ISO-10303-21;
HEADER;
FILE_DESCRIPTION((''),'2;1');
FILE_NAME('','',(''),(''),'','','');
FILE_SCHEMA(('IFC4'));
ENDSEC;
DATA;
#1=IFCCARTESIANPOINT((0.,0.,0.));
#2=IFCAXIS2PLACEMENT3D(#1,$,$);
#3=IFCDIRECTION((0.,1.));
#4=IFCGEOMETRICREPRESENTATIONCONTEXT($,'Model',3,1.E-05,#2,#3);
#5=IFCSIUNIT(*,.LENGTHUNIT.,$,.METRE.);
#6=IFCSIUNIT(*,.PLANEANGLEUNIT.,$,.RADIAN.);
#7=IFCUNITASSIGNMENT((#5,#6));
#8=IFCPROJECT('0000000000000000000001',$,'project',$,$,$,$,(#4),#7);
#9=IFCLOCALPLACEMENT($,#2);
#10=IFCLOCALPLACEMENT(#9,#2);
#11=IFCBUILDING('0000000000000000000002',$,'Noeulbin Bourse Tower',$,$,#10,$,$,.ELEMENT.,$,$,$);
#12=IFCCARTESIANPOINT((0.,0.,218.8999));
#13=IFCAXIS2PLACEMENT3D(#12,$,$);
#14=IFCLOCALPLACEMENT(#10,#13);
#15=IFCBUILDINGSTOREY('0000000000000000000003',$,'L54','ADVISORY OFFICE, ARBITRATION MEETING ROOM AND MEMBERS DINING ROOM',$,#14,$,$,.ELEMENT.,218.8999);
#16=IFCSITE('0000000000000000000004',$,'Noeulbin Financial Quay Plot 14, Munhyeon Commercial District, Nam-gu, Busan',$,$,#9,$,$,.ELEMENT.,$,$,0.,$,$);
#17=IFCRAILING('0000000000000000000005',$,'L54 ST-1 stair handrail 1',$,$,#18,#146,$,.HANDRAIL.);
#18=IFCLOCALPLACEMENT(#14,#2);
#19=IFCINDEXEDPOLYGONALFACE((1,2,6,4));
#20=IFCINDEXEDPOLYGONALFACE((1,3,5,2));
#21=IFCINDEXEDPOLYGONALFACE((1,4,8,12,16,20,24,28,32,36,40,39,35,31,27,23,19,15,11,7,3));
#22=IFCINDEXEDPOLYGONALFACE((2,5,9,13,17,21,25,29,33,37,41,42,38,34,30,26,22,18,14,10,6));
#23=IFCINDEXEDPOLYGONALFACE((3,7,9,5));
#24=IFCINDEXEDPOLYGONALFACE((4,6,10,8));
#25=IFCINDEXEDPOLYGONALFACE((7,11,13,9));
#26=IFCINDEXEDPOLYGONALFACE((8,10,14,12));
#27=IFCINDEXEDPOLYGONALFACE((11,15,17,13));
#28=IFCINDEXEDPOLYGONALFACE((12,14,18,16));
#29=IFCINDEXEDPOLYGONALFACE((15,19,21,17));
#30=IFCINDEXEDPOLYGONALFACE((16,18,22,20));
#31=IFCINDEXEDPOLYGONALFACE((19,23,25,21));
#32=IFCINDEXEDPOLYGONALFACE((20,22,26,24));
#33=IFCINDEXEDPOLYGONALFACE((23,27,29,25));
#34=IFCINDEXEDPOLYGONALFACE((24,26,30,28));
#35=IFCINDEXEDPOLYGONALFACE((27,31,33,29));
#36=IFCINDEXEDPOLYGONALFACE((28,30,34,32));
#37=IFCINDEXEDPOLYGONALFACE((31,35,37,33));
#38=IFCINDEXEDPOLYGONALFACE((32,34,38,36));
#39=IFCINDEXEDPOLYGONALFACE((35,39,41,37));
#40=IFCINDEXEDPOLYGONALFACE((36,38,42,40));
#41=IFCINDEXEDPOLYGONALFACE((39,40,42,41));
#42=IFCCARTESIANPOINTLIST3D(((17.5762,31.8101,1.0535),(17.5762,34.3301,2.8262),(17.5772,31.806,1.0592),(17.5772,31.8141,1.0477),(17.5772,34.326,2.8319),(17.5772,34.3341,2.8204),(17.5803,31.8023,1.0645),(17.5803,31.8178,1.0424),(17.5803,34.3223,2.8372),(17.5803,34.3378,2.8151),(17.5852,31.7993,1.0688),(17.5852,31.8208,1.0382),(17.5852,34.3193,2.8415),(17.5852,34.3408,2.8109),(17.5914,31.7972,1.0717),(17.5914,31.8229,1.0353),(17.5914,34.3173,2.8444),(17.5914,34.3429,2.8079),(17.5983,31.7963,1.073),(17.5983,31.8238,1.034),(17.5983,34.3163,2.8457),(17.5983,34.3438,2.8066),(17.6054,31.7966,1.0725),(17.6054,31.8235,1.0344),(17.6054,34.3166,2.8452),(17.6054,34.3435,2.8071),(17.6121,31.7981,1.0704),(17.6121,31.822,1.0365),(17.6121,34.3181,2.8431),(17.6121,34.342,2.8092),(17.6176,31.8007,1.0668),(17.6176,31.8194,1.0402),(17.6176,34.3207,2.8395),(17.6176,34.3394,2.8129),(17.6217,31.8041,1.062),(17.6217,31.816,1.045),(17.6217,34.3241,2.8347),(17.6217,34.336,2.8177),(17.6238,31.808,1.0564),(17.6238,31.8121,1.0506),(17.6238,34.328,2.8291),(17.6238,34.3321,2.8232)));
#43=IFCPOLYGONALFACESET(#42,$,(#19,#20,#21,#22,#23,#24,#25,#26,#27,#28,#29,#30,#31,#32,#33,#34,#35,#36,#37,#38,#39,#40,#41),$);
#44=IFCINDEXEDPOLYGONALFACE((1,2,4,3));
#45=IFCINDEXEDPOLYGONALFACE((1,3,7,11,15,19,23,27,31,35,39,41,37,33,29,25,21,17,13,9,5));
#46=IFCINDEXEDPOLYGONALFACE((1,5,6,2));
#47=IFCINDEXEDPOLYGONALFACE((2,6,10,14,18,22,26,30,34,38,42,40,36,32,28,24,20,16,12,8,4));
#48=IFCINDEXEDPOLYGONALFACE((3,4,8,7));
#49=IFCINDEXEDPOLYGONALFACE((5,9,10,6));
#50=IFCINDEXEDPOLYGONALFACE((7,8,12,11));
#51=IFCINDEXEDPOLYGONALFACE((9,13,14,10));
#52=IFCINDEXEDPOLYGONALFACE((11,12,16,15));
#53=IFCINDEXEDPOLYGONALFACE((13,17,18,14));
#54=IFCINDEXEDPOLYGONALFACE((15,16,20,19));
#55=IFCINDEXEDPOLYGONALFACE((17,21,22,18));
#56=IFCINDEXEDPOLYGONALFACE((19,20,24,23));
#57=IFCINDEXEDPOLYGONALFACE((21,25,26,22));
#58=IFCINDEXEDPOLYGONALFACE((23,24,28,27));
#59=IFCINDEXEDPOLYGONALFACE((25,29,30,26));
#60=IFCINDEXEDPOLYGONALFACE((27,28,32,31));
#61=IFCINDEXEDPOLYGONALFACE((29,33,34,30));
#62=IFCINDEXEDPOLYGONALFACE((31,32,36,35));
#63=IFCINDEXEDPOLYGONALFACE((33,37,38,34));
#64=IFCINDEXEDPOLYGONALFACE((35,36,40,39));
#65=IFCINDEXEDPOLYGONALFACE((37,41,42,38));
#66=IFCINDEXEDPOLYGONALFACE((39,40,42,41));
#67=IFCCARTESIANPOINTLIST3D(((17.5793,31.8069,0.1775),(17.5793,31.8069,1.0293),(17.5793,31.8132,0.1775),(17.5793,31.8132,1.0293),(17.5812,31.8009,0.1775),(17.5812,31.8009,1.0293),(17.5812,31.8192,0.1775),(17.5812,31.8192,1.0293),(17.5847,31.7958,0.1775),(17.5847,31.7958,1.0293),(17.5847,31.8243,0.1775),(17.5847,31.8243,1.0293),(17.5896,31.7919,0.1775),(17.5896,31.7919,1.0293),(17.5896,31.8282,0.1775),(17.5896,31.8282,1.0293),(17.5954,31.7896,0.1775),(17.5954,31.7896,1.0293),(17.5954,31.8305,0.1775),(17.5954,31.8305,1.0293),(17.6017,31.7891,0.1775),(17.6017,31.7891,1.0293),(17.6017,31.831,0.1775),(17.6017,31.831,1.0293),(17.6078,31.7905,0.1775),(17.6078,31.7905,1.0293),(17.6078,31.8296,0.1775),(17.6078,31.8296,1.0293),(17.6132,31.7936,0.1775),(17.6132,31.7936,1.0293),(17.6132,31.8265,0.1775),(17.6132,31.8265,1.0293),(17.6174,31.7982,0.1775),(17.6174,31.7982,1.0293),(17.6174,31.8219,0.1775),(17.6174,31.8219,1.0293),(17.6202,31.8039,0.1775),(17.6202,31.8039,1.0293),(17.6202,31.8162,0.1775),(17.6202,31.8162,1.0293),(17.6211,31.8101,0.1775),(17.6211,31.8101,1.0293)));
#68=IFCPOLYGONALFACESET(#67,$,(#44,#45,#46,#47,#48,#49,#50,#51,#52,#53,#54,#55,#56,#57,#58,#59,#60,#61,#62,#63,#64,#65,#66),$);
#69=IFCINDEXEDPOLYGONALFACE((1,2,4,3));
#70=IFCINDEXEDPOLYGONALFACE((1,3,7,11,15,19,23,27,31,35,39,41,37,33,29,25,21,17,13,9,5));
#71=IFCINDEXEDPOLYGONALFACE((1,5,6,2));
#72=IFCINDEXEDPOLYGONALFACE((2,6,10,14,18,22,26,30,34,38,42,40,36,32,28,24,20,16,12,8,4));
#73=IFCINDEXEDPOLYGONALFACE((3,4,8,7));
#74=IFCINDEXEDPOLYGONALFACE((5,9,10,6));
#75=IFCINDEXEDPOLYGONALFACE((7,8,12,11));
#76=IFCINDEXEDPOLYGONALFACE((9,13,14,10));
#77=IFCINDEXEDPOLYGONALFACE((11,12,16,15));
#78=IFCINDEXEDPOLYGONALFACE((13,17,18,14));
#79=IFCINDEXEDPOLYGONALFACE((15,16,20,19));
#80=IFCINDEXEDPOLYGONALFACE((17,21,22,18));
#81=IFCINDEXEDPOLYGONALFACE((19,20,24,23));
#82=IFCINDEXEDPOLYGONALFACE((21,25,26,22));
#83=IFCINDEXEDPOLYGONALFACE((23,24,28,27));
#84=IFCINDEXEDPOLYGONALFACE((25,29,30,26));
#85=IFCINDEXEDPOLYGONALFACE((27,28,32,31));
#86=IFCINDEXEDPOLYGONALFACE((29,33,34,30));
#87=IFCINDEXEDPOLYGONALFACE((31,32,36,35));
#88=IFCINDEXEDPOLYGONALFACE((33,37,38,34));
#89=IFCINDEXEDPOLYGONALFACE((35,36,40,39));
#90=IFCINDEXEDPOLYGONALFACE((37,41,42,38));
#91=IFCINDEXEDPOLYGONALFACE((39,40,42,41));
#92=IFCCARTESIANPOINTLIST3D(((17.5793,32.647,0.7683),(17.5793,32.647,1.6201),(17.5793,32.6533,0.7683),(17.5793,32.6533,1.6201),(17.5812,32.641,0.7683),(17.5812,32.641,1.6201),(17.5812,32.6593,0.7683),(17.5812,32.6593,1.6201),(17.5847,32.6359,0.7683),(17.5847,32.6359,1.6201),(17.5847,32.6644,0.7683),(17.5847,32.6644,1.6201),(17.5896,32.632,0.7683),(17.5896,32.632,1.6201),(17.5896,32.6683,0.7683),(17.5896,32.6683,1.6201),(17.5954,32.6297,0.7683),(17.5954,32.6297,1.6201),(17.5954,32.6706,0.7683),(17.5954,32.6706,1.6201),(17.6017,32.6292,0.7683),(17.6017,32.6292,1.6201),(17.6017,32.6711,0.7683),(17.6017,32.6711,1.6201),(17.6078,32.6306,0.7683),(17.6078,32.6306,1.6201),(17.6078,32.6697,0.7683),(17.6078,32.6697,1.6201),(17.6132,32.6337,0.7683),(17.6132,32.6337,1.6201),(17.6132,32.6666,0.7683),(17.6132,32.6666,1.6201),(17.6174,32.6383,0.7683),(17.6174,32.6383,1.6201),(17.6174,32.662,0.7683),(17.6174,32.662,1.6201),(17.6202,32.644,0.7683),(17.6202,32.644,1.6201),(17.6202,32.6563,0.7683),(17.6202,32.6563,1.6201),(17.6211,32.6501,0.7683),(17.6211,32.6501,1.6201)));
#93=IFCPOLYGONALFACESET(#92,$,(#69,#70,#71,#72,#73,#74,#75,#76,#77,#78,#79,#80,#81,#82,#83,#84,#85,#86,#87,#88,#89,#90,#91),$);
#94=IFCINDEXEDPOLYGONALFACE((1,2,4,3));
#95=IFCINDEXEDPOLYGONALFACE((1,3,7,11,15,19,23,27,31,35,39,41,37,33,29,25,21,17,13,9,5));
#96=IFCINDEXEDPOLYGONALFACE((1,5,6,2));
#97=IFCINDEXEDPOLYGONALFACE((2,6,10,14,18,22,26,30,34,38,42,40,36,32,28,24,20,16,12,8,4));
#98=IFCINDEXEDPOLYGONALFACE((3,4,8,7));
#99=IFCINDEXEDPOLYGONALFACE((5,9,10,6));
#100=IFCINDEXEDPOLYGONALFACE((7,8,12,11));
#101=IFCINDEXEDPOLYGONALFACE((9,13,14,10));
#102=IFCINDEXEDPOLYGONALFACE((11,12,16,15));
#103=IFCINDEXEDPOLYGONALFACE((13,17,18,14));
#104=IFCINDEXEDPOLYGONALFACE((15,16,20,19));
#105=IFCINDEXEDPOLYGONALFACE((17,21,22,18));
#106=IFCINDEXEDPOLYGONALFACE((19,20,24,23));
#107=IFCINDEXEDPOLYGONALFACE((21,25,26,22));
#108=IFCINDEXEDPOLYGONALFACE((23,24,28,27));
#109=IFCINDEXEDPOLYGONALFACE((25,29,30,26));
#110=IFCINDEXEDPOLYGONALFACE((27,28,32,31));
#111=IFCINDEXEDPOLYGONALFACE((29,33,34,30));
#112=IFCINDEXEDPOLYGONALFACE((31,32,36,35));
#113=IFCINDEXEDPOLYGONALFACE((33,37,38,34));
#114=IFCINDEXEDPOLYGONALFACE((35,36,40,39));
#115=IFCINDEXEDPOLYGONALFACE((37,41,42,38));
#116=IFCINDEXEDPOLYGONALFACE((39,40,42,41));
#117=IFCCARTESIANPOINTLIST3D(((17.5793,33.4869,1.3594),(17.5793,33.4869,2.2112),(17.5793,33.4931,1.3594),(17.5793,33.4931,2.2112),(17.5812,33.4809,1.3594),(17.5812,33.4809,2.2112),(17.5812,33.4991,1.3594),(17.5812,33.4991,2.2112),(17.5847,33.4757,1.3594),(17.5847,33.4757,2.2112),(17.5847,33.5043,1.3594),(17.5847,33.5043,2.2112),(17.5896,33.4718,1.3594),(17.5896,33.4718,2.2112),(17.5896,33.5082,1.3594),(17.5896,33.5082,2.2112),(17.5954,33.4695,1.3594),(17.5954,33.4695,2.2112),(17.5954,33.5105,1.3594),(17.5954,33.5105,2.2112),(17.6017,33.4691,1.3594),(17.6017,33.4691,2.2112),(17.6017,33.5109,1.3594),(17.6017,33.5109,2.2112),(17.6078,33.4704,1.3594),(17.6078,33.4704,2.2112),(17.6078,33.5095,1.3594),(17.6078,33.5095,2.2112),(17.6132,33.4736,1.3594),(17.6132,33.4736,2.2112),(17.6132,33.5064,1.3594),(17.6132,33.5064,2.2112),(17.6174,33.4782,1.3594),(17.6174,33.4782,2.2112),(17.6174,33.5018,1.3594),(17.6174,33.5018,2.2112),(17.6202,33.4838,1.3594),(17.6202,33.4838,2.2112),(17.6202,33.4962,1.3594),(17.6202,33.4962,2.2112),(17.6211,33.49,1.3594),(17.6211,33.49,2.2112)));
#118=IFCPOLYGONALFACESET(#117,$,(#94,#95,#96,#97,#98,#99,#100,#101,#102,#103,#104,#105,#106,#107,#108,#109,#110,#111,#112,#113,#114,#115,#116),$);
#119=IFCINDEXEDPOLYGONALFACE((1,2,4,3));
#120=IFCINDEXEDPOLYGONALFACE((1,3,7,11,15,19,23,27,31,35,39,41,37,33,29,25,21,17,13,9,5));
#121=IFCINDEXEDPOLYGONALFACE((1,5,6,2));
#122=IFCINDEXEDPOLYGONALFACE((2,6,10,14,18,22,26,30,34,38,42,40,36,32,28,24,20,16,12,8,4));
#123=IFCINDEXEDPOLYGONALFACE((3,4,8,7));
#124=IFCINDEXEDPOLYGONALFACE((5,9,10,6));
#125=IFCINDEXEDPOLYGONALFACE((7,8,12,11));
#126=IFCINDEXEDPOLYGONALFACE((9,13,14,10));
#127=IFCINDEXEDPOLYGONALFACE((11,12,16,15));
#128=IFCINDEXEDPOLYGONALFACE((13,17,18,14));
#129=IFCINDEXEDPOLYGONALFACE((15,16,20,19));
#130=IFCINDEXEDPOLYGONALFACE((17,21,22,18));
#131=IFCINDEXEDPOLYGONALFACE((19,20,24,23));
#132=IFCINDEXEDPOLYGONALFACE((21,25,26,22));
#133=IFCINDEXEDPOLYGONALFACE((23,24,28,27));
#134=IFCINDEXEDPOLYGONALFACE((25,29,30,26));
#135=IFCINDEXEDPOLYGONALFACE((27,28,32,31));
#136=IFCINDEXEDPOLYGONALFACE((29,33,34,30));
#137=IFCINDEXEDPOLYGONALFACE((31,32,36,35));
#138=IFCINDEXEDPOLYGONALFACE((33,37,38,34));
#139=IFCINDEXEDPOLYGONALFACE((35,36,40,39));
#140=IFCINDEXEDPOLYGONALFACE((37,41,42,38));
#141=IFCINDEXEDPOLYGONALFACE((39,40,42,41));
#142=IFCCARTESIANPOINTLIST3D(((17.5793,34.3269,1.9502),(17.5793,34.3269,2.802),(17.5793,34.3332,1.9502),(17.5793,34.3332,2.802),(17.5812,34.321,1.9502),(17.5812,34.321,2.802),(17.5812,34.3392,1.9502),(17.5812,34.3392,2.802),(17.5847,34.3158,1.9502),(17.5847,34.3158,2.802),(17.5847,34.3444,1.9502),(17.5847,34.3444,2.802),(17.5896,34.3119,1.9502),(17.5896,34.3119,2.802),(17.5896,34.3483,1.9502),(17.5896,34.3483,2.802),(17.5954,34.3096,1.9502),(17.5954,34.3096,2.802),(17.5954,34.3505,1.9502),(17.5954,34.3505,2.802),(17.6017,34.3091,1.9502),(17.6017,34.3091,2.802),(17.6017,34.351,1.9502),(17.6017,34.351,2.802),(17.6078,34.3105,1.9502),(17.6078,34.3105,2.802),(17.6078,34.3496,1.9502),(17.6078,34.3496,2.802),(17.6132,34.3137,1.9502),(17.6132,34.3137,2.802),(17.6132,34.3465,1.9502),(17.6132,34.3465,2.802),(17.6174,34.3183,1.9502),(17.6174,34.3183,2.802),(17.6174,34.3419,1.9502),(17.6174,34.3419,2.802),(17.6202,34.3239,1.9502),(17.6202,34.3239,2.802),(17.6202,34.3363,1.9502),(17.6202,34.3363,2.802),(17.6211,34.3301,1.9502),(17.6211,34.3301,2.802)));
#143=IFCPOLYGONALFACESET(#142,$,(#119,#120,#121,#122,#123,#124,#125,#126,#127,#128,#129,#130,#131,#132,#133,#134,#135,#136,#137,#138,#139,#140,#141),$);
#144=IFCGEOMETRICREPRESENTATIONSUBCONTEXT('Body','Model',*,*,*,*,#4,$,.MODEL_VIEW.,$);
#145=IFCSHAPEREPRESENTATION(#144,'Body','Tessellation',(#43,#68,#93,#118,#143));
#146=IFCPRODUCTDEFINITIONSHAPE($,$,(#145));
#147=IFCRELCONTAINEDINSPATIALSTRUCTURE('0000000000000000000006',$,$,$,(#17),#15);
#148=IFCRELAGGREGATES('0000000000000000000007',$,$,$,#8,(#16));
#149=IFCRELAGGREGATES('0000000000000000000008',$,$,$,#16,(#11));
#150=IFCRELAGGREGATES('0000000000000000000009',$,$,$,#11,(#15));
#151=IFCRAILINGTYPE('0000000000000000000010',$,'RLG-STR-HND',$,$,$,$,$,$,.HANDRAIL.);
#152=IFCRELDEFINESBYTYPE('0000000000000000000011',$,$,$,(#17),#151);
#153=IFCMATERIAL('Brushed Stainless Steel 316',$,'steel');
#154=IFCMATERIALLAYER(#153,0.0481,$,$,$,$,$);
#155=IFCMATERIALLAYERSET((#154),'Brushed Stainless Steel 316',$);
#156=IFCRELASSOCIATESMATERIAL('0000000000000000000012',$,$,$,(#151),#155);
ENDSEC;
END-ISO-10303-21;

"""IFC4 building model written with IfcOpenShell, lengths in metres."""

from ifc_helpers import new_model, si_unit, direction, frame, origin, origin_2d, place, context, subcontext, project, spatial, circle, extrude, material, layer, layer_set, type_object, element, save


model = new_model("IFC4")

# Units and contexts
model_context = context("Model", 3, precision=1e-05, world=origin(), true_north=direction((0.0, 1.0)))
body_context = subcontext(model_context, "Body", "Model", "MODEL_VIEW")
ifc_project = project(units=[si_unit("LENGTHUNIT", "METRE"), si_unit("PLANEANGLEUNIT", "RADIAN")], contexts=[model_context])

# Site, building, storey
site_placement = place(None, origin())
site = spatial("IfcSite", under=ifc_project, at=site_placement, Name="Noeulbin Financial Quay Plot 14, Munhyeon Commercial District, Nam-gu, Busan", CompositionType="ELEMENT", RefElevation=0.0)
building_placement = place(site_placement, origin())
building = spatial("IfcBuilding", under=site, at=building_placement, Name="Noeulbin Bourse Tower", CompositionType="ELEMENT")
storey_placement = place(building_placement, frame((0.0, 0.0, 218.8999)))
storey = spatial("IfcBuildingStorey", under=building, at=storey_placement, Name="L54", Description="ADVISORY OFFICE, ARBITRATION MEETING ROOM AND MEMBERS DINING ROOM", CompositionType="ELEMENT", Elevation=218.8999)

# Shared definitions
ifc_material_1 = material(Name="Brushed Stainless Steel 316", Category="steel")

# Railing
ifc_layer_1 = layer(ifc_material_1, 0.0481)
ifc_layer_set_1 = layer_set([ifc_layer_1], Name="Brushed Stainless Steel 316")
railing_type_1 = type_object("IfcRailingType", Name="RLG-STR-HND", PredefinedType="HANDRAIL", material=ifc_layer_set_1)
railing_1_placement = place(storey_placement, frame((17.6001, 31.8101, 0.1775)))
element("IfcRailing", 1, at=railing_1_placement, inside=storey, type_object=railing_type_1, Name="L54 ST-1 stair handrail 1", PredefinedType="HANDRAIL", context=body_context, shape_type="SweptSolid", body=[
    extrude(circle(Radius=0.0239, at=origin_2d()), frame((0.0, 0.0, 0.876), z_axis=(0.0, 0.817904, 0.575354), x_axis=(-1.0, 0.0, 0.0)), (0.0, 0.0, 1.0), 3.0811),
    extrude(circle(Radius=0.021, at=origin_2d()), origin(), (0.0, 0.0, 1.0), 0.8518),
    extrude(circle(Radius=0.021, at=origin_2d()), frame((0.0, 0.8401, 0.5908)), (0.0, 0.0, 1.0), 0.8518),
    extrude(circle(Radius=0.021, at=origin_2d()), frame((0.0, 1.6799, 1.1819)), (0.0, 0.0, 1.0), 0.8518),
    extrude(circle(Radius=0.021, at=origin_2d()), frame((0.0, 2.52, 1.7727)), (0.0, 0.0, 1.0), 0.8518),
])

save(model, "model.ifc")
